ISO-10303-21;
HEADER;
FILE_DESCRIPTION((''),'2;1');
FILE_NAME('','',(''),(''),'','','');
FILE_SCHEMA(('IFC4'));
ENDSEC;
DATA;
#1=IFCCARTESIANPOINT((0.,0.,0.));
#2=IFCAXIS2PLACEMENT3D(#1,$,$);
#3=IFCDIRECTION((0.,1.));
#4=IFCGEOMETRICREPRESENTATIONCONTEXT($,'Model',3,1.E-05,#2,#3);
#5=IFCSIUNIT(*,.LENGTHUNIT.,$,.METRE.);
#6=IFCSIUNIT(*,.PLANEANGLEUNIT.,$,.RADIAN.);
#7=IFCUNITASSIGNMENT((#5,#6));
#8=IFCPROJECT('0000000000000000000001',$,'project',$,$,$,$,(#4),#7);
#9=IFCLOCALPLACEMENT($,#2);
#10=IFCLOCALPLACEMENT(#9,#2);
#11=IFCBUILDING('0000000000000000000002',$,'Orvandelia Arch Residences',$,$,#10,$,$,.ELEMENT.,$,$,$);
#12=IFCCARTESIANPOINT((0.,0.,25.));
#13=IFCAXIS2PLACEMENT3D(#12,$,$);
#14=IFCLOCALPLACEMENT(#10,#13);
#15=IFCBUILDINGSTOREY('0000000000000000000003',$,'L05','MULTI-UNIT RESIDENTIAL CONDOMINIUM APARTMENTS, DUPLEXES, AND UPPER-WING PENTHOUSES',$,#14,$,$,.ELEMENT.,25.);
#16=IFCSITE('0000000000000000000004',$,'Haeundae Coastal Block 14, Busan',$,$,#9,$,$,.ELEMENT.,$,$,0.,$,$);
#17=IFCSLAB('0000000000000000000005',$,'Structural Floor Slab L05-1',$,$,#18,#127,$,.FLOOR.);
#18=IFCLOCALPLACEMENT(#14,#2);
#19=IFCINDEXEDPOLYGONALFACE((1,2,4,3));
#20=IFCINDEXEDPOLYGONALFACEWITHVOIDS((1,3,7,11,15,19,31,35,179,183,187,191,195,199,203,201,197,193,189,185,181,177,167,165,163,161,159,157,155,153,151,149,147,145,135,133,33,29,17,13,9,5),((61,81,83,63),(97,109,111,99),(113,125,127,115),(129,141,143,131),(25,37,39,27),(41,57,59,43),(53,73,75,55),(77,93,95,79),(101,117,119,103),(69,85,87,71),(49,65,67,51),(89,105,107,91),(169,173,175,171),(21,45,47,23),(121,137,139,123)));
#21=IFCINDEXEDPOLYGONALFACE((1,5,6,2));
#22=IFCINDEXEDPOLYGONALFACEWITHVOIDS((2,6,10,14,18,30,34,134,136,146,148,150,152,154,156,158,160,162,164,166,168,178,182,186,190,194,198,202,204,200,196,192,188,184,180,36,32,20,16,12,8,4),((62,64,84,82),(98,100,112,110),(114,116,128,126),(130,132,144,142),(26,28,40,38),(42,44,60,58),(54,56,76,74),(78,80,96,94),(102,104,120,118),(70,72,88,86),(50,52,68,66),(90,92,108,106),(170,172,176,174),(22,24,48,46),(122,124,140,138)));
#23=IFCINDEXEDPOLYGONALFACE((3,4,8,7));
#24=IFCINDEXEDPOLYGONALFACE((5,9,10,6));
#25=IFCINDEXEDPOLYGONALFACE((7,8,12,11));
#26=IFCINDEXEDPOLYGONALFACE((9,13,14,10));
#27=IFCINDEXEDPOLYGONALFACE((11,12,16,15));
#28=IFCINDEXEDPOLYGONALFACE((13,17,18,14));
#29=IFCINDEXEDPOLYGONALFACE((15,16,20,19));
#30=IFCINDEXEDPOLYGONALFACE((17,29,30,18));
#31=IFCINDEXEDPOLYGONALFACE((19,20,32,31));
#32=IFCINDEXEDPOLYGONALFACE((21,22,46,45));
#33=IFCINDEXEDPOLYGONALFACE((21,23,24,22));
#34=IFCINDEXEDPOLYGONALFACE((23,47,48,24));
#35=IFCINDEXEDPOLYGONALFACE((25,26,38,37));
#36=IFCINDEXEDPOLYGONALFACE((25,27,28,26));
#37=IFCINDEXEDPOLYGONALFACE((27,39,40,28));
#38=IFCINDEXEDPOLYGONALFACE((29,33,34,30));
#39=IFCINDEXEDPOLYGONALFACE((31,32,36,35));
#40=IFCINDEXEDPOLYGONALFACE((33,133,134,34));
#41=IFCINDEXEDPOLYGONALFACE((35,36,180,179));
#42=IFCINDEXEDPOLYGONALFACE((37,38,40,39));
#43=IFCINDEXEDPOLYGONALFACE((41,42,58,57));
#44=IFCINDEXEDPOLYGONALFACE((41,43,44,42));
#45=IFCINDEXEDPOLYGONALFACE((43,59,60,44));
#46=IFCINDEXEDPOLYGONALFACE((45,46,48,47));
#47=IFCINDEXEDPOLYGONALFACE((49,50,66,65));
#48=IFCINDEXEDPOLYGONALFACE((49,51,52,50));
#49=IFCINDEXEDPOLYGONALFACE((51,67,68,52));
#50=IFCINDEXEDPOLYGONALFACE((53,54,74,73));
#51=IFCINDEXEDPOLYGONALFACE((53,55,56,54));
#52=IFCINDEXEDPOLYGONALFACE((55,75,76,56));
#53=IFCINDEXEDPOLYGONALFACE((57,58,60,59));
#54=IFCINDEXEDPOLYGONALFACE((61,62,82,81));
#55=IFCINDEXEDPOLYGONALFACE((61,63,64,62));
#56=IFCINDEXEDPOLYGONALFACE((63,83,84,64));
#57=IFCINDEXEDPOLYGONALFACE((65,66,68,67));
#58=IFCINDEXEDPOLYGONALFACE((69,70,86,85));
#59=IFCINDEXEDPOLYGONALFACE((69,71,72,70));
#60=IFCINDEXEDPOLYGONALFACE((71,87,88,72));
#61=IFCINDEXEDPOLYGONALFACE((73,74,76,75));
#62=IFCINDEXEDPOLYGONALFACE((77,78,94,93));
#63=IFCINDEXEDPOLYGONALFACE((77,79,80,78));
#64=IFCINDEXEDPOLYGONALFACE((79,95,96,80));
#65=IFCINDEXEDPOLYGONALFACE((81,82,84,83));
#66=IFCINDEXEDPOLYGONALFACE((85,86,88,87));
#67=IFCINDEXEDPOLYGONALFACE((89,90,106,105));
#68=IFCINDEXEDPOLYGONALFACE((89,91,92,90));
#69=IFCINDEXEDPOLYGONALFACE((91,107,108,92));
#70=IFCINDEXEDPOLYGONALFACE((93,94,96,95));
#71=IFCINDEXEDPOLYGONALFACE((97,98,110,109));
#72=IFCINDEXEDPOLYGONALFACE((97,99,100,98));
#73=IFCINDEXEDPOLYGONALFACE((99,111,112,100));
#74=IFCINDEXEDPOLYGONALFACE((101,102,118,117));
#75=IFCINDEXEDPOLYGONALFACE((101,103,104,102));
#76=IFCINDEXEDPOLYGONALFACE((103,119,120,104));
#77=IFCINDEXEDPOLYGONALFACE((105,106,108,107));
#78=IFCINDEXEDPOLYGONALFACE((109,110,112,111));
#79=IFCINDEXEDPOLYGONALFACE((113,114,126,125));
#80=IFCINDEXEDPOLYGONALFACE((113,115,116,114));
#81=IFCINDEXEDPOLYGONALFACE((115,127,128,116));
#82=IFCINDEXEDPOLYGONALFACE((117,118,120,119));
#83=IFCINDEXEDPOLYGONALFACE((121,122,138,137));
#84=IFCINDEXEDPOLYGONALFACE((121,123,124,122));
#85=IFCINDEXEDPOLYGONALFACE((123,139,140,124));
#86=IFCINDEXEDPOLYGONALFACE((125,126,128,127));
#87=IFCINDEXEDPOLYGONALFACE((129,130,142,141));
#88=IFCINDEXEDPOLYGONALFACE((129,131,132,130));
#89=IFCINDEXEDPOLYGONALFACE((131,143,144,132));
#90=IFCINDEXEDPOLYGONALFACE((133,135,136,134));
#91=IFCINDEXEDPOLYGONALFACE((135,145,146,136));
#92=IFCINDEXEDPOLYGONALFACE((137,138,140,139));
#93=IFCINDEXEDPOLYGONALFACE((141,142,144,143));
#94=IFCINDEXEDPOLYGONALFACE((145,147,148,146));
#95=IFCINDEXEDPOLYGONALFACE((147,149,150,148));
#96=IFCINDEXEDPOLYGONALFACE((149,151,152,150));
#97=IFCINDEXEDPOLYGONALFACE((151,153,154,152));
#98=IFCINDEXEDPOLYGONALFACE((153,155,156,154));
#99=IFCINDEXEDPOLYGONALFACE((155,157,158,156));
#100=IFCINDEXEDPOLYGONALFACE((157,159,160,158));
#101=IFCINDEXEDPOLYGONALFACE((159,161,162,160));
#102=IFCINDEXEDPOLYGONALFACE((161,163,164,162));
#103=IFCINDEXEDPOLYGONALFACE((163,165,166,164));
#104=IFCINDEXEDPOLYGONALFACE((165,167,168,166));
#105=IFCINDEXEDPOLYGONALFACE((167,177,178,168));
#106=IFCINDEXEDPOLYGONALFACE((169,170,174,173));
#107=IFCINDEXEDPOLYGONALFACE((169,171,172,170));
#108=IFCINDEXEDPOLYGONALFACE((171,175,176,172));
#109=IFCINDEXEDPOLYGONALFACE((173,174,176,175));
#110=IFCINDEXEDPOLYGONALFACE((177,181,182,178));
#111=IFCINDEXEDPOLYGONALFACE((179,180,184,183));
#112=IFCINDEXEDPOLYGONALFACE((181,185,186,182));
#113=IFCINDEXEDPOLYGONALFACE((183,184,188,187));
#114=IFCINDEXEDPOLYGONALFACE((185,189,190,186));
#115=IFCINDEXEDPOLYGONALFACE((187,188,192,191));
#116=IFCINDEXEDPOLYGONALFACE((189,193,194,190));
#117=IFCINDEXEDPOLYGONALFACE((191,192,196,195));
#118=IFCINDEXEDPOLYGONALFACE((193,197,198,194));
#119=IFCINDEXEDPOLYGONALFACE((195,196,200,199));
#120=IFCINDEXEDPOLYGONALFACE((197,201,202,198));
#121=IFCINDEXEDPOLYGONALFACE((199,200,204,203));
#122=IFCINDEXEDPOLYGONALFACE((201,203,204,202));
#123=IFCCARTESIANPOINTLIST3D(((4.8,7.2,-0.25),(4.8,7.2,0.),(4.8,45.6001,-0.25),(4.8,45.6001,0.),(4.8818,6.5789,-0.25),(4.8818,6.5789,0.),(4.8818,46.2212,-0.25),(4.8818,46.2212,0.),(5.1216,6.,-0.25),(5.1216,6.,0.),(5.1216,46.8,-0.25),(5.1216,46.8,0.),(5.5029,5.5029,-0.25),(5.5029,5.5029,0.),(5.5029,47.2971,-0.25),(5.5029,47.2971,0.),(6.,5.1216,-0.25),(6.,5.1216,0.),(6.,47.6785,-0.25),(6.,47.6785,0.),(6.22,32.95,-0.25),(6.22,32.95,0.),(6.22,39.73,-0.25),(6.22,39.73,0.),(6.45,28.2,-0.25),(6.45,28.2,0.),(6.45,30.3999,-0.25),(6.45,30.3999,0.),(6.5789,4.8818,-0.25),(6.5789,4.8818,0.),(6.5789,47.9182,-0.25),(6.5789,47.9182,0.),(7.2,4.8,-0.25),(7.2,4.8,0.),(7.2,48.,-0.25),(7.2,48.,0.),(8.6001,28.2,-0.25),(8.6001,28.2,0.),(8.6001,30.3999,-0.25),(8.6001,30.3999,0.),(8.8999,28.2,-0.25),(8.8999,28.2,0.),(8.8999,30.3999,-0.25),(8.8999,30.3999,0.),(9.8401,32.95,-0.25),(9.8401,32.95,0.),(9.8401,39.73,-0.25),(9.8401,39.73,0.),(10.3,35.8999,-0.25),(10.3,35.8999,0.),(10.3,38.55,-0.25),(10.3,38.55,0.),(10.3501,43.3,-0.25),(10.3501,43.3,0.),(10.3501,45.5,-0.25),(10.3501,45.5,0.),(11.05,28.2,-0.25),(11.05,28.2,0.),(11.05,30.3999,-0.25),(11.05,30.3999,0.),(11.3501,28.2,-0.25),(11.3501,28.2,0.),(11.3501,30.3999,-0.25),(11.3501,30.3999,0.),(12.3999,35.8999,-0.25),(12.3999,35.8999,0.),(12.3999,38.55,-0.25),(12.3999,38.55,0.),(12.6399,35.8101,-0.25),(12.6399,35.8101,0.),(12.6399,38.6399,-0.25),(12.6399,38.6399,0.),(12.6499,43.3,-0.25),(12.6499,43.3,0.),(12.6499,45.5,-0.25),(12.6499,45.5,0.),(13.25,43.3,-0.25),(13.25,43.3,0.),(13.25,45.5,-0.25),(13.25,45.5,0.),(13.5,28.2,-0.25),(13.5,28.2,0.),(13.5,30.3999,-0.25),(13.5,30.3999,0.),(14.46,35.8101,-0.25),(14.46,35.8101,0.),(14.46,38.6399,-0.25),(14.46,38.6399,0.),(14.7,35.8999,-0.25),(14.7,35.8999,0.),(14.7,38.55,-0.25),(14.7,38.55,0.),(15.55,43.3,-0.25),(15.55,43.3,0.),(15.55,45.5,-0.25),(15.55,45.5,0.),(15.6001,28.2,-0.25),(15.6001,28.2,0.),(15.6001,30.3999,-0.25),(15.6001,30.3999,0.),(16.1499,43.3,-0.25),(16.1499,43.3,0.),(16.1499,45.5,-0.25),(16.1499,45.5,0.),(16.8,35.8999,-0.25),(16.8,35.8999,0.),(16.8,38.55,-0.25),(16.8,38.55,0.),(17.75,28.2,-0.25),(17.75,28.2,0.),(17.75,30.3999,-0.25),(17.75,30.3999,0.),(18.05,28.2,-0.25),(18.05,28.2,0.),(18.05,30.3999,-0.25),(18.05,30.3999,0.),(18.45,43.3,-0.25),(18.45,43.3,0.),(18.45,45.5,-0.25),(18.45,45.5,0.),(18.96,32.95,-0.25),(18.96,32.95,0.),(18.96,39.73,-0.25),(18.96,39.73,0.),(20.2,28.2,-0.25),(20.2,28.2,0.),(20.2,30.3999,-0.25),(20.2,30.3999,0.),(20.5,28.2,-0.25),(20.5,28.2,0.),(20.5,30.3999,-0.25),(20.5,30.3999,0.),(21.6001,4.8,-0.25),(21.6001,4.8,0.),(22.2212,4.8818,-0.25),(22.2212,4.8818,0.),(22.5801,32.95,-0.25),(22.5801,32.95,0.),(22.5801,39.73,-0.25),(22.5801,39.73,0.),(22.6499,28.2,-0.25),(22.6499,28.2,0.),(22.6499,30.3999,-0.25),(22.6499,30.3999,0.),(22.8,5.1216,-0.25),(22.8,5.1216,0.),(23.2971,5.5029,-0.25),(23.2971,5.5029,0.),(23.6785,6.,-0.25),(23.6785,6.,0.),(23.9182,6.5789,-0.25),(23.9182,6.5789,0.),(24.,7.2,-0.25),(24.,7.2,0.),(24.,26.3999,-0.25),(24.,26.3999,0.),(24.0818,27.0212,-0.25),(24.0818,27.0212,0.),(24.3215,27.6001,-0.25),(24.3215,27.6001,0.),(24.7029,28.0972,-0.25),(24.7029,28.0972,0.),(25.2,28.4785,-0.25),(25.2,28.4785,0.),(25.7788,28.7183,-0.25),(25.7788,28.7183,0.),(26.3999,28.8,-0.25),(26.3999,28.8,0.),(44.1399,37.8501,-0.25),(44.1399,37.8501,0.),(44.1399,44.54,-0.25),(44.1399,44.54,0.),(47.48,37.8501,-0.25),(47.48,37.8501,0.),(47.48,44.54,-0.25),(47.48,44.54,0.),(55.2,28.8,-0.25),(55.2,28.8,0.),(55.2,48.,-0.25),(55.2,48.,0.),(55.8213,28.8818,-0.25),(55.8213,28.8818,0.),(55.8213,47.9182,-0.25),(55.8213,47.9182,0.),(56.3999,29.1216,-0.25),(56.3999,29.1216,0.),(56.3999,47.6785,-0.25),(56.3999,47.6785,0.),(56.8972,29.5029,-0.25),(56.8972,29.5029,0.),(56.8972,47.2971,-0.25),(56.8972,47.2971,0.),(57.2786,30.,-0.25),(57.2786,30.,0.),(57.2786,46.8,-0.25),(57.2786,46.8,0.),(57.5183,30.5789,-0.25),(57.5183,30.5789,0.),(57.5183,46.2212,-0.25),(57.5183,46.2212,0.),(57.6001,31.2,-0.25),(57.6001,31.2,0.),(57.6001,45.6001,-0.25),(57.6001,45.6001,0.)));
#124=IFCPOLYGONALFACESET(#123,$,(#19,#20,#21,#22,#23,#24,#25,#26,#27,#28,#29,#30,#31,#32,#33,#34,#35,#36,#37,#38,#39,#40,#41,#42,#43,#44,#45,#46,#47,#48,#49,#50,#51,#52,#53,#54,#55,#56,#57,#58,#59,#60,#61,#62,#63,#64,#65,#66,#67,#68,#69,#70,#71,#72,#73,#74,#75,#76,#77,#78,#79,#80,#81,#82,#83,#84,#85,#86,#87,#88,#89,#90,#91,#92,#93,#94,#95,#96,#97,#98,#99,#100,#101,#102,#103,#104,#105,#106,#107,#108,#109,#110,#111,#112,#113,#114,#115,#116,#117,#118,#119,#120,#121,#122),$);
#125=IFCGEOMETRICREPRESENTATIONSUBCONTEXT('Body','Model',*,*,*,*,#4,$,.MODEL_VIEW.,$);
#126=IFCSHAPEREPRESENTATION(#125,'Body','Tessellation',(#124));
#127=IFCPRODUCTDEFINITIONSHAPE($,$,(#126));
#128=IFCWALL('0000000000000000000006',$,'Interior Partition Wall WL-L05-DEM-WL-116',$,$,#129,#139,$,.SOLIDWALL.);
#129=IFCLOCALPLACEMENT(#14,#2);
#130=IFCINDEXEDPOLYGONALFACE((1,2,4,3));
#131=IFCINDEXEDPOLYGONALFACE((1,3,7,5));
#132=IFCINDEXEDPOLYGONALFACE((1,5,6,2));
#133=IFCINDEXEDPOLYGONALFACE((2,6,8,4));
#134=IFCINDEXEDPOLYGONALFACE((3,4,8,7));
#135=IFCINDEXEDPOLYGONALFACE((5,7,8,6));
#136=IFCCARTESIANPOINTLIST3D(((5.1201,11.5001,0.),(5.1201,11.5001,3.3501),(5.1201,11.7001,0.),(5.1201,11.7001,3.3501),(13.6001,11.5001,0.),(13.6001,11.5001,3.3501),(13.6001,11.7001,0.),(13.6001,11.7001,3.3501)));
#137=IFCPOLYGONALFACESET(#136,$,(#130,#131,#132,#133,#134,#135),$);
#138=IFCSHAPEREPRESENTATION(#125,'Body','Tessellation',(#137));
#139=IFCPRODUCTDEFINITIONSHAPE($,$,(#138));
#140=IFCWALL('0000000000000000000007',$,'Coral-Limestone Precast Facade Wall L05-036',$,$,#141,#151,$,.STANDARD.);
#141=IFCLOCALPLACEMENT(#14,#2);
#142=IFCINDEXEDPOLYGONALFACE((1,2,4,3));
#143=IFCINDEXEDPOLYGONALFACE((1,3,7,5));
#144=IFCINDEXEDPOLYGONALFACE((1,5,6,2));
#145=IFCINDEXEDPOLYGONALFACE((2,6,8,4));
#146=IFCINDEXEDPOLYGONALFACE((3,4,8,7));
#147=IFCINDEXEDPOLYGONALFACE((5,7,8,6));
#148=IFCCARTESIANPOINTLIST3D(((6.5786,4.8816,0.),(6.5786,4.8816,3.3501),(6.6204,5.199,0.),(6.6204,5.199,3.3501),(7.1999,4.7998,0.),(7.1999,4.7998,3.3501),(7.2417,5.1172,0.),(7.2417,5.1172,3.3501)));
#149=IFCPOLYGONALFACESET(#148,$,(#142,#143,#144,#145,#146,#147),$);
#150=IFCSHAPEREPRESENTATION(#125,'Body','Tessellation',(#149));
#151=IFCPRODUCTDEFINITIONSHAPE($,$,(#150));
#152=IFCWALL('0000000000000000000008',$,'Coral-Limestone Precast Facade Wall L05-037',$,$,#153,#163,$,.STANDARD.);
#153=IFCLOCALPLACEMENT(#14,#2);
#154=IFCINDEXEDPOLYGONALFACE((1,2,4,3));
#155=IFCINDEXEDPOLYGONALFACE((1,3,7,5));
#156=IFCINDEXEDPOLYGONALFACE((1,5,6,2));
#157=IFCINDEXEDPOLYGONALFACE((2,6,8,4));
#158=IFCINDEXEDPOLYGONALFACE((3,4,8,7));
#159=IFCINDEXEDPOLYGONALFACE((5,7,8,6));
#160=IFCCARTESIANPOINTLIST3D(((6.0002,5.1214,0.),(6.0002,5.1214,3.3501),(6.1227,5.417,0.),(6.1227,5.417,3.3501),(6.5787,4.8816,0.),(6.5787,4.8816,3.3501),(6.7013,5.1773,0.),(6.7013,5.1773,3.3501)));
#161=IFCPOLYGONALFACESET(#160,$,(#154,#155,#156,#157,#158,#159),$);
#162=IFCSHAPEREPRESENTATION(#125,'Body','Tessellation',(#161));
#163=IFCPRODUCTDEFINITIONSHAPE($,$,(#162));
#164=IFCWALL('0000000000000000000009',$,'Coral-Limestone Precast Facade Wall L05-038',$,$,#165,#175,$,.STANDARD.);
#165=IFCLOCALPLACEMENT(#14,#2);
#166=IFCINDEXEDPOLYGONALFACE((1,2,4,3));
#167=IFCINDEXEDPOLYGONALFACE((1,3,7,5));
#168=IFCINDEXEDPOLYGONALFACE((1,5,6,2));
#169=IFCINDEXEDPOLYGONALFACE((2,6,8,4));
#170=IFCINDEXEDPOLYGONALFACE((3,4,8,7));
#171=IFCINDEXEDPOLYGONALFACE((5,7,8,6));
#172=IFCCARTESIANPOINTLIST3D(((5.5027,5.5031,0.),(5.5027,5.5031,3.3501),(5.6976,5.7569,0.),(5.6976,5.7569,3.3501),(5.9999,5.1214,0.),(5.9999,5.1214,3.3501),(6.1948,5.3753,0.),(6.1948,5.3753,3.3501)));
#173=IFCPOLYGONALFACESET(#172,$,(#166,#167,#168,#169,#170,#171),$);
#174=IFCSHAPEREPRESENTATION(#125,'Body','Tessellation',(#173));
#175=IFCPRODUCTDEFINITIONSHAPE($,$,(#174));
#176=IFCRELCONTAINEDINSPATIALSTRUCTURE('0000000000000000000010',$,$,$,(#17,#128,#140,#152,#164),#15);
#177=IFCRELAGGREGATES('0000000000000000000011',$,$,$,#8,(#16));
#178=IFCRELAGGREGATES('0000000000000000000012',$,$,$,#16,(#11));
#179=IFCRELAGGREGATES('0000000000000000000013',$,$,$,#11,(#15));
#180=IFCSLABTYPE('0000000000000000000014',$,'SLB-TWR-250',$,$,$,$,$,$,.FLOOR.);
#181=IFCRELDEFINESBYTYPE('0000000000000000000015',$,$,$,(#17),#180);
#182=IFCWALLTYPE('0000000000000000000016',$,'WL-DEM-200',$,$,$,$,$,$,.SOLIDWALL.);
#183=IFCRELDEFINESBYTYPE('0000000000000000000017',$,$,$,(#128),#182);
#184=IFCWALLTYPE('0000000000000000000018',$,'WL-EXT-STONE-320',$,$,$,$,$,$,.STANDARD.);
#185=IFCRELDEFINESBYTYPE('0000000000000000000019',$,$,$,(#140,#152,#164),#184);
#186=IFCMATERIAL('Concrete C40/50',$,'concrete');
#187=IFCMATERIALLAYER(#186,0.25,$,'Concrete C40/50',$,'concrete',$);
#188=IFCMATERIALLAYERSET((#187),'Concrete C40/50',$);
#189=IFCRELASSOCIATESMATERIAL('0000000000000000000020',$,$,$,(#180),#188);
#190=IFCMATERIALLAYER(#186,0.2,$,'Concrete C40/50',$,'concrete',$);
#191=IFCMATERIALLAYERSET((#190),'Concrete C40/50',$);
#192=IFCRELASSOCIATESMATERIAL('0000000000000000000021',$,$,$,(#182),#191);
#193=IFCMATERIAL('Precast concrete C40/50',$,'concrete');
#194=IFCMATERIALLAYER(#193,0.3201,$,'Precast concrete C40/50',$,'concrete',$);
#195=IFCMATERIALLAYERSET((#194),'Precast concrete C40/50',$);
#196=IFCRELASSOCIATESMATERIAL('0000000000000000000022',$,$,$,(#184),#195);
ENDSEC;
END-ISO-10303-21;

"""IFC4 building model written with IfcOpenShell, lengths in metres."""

from ifc_helpers import new_model, si_unit, direction, frame, frame_2d, origin, place, context, subcontext, project, spatial, polyline, rectangle, outline, extrude, material, layer, layer_set, type_object, element, save


model = new_model("IFC4")

# Units and contexts
model_context = context("Model", 3, precision=1e-05, world=origin(), true_north=direction((0.0, 1.0)))
body_context = subcontext(model_context, "Body", "Model", "MODEL_VIEW")
ifc_project = project(units=[si_unit("LENGTHUNIT", "METRE"), si_unit("PLANEANGLEUNIT", "RADIAN")], contexts=[model_context])

# Site, building, storey
site_placement = place(None, origin())
site = spatial("IfcSite", under=ifc_project, at=site_placement, Name="Haeundae Coastal Block 14, Busan", CompositionType="ELEMENT", RefElevation=0.0)
building_placement = place(site_placement, origin())
building = spatial("IfcBuilding", under=site, at=building_placement, Name="Orvandelia Arch Residences", CompositionType="ELEMENT")
storey_placement = place(building_placement, frame((0.0, 0.0, 25.0)))
storey = spatial("IfcBuildingStorey", under=building, at=storey_placement, Name="L05", Description="MULTI-UNIT RESIDENTIAL CONDOMINIUM APARTMENTS, DUPLEXES, AND UPPER-WING PENTHOUSES", CompositionType="ELEMENT", Elevation=25.0)

# Shared definitions
ifc_material_1 = material(Name="Concrete C40/50", Category="concrete")

# Slab
ifc_layer_1 = layer(ifc_material_1, 0.25, Name="Concrete C40/50", Category="concrete")
ifc_layer_set_1 = layer_set([ifc_layer_1], Name="Concrete C40/50")
slab_type_1 = type_object("IfcSlabType", Name="SLB-TWR-250", PredefinedType="FLOOR", material=ifc_layer_set_1)
slab_1_placement = place(storey_placement, frame((0.0, 0.0, -0.25)))
element("IfcSlab", 1, at=slab_1_placement, inside=storey, type_object=slab_type_1, Name="Structural Floor Slab L05-1", PredefinedType="FLOOR", context=body_context, shape_type="SweptSolid", body=[
    extrude(outline(polyline([(4.8, 7.2), (4.8818, 6.5789), (5.1216, 6.0), (5.5029, 5.5029), (6.0, 5.1216), (6.5789, 4.8818), (7.2, 4.8), (21.6001, 4.8), (22.2212, 4.8818), (22.8, 5.1216), (23.2971, 5.5029), (23.6785, 6.0), (23.9182, 6.5789), (24.0, 7.2), (24.0, 26.3999), (24.0818, 27.0212), (24.3215, 27.6001), (24.7029, 28.0972), (25.2, 28.4785), (25.7788, 28.7183), (26.3999, 28.8), (55.2, 28.8), (55.8213, 28.8818), (56.3999, 29.1216), (56.8972, 29.5029), (57.2786, 30.0), (57.5183, 30.5789), (57.6001, 31.2), (57.6001, 45.6001), (57.5183, 46.2212), (57.2786, 46.8), (56.8972, 47.2971), (56.3999, 47.6785), (55.8213, 47.9182), (55.2, 48.0), (7.2, 48.0), (6.5789, 47.9182), (6.0, 47.6785), (5.5029, 47.2971), (5.1216, 46.8), (4.8818, 46.2212), (4.8, 45.6001), (4.8, 7.2)]), holes=[polyline([(6.22, 32.95), (9.8401, 32.95), (9.8401, 39.73), (6.22, 39.73), (6.22, 32.95)]), polyline([(18.96, 32.95), (22.5801, 32.95), (22.5801, 39.73), (18.96, 39.73), (18.96, 32.95)]), polyline([(44.1399, 37.8501), (47.48, 37.8501), (47.48, 44.54), (44.1399, 44.54), (44.1399, 37.8501)]), polyline([(12.6399, 35.8101), (14.46, 35.8101), (14.46, 38.6399), (12.6399, 38.6399), (12.6399, 35.8101)]), polyline([(10.3, 35.8999), (12.3999, 35.8999), (12.3999, 38.55), (10.3, 38.55), (10.3, 35.8999)]), polyline([(14.7, 35.8999), (16.8, 35.8999), (16.8, 38.55), (14.7, 38.55), (14.7, 35.8999)]), polyline([(10.3501, 43.3), (12.6499, 43.3), (12.6499, 45.5), (10.3501, 45.5), (10.3501, 43.3)]), polyline([(13.25, 43.3), (15.55, 43.3), (15.55, 45.5), (13.25, 45.5), (13.25, 43.3)]), polyline([(16.1499, 43.3), (18.45, 43.3), (18.45, 45.5), (16.1499, 45.5), (16.1499, 43.3)]), polyline([(6.45, 28.2), (8.6001, 28.2), (8.6001, 30.3999), (6.45, 30.3999), (6.45, 28.2)]), polyline([(8.8999, 28.2), (11.05, 28.2), (11.05, 30.3999), (8.8999, 30.3999), (8.8999, 28.2)]), polyline([(11.3501, 28.2), (13.5, 28.2), (13.5, 30.3999), (11.3501, 30.3999), (11.3501, 28.2)]), polyline([(15.6001, 28.2), (17.75, 28.2), (17.75, 30.3999), (15.6001, 30.3999), (15.6001, 28.2)]), polyline([(18.05, 28.2), (20.2, 28.2), (20.2, 30.3999), (18.05, 30.3999), (18.05, 28.2)]), polyline([(20.5, 28.2), (22.6499, 28.2), (22.6499, 30.3999), (20.5, 30.3999), (20.5, 28.2)])]), origin(), (0.0, 0.0, 1.0), 0.25),
])

# Walls
ifc_layer_2 = layer(ifc_material_1, 0.2, Name="Concrete C40/50", Category="concrete")
ifc_layer_set_2 = layer_set([ifc_layer_2], Name="Concrete C40/50")
wall_type_1 = type_object("IfcWallType", Name="WL-DEM-200", PredefinedType="SOLIDWALL", material=ifc_layer_set_2)
wall_1_placement = place(storey_placement, frame((5.1201, 11.6001, 0.0), z_axis=(0.0, 0.0, 1.0), x_axis=(1.0, 0.0, 0.0)))
element("IfcWall", 2, at=wall_1_placement, inside=storey, type_object=wall_type_1, Name="Interior Partition Wall WL-L05-DEM-WL-116", PredefinedType="SOLIDWALL", context=body_context, shape_type="SweptSolid", body=[
    extrude(rectangle(XDim=8.48, YDim=0.2, at=frame_2d((4.24, 0.0))), origin(), (0.0, 0.0, 1.0), 3.3501),
])
ifc_material_2 = material(Name="Precast concrete C40/50", Category="concrete")
ifc_layer_3 = layer(ifc_material_2, 0.3201, Name="Precast concrete C40/50", Category="concrete")
ifc_layer_set_3 = layer_set([ifc_layer_3], Name="Precast concrete C40/50")
wall_type_2 = type_object("IfcWallType", Name="WL-EXT-STONE-320", PredefinedType="STANDARD", material=ifc_layer_set_3)
wall_2_placement = place(storey_placement, frame((7.2209, 4.9585, 0.0), z_axis=(0.0, 0.0, 1.0), x_axis=(-0.991448, 0.130505, 0.0)))
element("IfcWall", 3, at=wall_2_placement, inside=storey, type_object=wall_type_2, Name="Coral-Limestone Precast Facade Wall L05-036", PredefinedType="STANDARD", context=body_context, shape_type="SweptSolid", body=[
    extrude(rectangle(XDim=0.6267, YDim=0.3201, at=frame_2d((0.3135, 0.0))), origin(), (0.0, 0.0, 1.0), 3.3501),
])
wall_3_placement = place(storey_placement, frame((6.6399, 5.0295, 0.0), z_axis=(0.0, 0.0, 1.0), x_axis=(-0.923836, 0.382788, 0.0)))
element("IfcWall", 4, at=wall_3_placement, inside=storey, type_object=wall_type_2, Name="Coral-Limestone Precast Facade Wall L05-037", PredefinedType="STANDARD", context=body_context, shape_type="SweptSolid", body=[
    extrude(rectangle(XDim=0.6262, YDim=0.3201, at=frame_2d((0.313, 0.0))), origin(), (0.0, 0.0, 1.0), 3.3501),
])
for number, where, z_axis, x_axis, name in (
    (5, (6.0974, 5.2483, 0.0), (0.0, 0.0, 1.0), (-0.793217, 0.608939, 0.0), "Coral-Limestone Precast Facade Wall L05-038"),
):
    element("IfcWall", number, at=place(storey_placement, frame(where, z_axis=z_axis, x_axis=x_axis)), inside=storey, type_object=wall_type_2, Name=name, PredefinedType="STANDARD", context=body_context, shape_type="SweptSolid", body=[
        extrude(rectangle(XDim=0.6267, YDim=0.3201, at=frame_2d((0.3135, 0.0))), origin(), (0.0, 0.0, 1.0), 3.3501),
    ])

save(model, "model.ifc")
